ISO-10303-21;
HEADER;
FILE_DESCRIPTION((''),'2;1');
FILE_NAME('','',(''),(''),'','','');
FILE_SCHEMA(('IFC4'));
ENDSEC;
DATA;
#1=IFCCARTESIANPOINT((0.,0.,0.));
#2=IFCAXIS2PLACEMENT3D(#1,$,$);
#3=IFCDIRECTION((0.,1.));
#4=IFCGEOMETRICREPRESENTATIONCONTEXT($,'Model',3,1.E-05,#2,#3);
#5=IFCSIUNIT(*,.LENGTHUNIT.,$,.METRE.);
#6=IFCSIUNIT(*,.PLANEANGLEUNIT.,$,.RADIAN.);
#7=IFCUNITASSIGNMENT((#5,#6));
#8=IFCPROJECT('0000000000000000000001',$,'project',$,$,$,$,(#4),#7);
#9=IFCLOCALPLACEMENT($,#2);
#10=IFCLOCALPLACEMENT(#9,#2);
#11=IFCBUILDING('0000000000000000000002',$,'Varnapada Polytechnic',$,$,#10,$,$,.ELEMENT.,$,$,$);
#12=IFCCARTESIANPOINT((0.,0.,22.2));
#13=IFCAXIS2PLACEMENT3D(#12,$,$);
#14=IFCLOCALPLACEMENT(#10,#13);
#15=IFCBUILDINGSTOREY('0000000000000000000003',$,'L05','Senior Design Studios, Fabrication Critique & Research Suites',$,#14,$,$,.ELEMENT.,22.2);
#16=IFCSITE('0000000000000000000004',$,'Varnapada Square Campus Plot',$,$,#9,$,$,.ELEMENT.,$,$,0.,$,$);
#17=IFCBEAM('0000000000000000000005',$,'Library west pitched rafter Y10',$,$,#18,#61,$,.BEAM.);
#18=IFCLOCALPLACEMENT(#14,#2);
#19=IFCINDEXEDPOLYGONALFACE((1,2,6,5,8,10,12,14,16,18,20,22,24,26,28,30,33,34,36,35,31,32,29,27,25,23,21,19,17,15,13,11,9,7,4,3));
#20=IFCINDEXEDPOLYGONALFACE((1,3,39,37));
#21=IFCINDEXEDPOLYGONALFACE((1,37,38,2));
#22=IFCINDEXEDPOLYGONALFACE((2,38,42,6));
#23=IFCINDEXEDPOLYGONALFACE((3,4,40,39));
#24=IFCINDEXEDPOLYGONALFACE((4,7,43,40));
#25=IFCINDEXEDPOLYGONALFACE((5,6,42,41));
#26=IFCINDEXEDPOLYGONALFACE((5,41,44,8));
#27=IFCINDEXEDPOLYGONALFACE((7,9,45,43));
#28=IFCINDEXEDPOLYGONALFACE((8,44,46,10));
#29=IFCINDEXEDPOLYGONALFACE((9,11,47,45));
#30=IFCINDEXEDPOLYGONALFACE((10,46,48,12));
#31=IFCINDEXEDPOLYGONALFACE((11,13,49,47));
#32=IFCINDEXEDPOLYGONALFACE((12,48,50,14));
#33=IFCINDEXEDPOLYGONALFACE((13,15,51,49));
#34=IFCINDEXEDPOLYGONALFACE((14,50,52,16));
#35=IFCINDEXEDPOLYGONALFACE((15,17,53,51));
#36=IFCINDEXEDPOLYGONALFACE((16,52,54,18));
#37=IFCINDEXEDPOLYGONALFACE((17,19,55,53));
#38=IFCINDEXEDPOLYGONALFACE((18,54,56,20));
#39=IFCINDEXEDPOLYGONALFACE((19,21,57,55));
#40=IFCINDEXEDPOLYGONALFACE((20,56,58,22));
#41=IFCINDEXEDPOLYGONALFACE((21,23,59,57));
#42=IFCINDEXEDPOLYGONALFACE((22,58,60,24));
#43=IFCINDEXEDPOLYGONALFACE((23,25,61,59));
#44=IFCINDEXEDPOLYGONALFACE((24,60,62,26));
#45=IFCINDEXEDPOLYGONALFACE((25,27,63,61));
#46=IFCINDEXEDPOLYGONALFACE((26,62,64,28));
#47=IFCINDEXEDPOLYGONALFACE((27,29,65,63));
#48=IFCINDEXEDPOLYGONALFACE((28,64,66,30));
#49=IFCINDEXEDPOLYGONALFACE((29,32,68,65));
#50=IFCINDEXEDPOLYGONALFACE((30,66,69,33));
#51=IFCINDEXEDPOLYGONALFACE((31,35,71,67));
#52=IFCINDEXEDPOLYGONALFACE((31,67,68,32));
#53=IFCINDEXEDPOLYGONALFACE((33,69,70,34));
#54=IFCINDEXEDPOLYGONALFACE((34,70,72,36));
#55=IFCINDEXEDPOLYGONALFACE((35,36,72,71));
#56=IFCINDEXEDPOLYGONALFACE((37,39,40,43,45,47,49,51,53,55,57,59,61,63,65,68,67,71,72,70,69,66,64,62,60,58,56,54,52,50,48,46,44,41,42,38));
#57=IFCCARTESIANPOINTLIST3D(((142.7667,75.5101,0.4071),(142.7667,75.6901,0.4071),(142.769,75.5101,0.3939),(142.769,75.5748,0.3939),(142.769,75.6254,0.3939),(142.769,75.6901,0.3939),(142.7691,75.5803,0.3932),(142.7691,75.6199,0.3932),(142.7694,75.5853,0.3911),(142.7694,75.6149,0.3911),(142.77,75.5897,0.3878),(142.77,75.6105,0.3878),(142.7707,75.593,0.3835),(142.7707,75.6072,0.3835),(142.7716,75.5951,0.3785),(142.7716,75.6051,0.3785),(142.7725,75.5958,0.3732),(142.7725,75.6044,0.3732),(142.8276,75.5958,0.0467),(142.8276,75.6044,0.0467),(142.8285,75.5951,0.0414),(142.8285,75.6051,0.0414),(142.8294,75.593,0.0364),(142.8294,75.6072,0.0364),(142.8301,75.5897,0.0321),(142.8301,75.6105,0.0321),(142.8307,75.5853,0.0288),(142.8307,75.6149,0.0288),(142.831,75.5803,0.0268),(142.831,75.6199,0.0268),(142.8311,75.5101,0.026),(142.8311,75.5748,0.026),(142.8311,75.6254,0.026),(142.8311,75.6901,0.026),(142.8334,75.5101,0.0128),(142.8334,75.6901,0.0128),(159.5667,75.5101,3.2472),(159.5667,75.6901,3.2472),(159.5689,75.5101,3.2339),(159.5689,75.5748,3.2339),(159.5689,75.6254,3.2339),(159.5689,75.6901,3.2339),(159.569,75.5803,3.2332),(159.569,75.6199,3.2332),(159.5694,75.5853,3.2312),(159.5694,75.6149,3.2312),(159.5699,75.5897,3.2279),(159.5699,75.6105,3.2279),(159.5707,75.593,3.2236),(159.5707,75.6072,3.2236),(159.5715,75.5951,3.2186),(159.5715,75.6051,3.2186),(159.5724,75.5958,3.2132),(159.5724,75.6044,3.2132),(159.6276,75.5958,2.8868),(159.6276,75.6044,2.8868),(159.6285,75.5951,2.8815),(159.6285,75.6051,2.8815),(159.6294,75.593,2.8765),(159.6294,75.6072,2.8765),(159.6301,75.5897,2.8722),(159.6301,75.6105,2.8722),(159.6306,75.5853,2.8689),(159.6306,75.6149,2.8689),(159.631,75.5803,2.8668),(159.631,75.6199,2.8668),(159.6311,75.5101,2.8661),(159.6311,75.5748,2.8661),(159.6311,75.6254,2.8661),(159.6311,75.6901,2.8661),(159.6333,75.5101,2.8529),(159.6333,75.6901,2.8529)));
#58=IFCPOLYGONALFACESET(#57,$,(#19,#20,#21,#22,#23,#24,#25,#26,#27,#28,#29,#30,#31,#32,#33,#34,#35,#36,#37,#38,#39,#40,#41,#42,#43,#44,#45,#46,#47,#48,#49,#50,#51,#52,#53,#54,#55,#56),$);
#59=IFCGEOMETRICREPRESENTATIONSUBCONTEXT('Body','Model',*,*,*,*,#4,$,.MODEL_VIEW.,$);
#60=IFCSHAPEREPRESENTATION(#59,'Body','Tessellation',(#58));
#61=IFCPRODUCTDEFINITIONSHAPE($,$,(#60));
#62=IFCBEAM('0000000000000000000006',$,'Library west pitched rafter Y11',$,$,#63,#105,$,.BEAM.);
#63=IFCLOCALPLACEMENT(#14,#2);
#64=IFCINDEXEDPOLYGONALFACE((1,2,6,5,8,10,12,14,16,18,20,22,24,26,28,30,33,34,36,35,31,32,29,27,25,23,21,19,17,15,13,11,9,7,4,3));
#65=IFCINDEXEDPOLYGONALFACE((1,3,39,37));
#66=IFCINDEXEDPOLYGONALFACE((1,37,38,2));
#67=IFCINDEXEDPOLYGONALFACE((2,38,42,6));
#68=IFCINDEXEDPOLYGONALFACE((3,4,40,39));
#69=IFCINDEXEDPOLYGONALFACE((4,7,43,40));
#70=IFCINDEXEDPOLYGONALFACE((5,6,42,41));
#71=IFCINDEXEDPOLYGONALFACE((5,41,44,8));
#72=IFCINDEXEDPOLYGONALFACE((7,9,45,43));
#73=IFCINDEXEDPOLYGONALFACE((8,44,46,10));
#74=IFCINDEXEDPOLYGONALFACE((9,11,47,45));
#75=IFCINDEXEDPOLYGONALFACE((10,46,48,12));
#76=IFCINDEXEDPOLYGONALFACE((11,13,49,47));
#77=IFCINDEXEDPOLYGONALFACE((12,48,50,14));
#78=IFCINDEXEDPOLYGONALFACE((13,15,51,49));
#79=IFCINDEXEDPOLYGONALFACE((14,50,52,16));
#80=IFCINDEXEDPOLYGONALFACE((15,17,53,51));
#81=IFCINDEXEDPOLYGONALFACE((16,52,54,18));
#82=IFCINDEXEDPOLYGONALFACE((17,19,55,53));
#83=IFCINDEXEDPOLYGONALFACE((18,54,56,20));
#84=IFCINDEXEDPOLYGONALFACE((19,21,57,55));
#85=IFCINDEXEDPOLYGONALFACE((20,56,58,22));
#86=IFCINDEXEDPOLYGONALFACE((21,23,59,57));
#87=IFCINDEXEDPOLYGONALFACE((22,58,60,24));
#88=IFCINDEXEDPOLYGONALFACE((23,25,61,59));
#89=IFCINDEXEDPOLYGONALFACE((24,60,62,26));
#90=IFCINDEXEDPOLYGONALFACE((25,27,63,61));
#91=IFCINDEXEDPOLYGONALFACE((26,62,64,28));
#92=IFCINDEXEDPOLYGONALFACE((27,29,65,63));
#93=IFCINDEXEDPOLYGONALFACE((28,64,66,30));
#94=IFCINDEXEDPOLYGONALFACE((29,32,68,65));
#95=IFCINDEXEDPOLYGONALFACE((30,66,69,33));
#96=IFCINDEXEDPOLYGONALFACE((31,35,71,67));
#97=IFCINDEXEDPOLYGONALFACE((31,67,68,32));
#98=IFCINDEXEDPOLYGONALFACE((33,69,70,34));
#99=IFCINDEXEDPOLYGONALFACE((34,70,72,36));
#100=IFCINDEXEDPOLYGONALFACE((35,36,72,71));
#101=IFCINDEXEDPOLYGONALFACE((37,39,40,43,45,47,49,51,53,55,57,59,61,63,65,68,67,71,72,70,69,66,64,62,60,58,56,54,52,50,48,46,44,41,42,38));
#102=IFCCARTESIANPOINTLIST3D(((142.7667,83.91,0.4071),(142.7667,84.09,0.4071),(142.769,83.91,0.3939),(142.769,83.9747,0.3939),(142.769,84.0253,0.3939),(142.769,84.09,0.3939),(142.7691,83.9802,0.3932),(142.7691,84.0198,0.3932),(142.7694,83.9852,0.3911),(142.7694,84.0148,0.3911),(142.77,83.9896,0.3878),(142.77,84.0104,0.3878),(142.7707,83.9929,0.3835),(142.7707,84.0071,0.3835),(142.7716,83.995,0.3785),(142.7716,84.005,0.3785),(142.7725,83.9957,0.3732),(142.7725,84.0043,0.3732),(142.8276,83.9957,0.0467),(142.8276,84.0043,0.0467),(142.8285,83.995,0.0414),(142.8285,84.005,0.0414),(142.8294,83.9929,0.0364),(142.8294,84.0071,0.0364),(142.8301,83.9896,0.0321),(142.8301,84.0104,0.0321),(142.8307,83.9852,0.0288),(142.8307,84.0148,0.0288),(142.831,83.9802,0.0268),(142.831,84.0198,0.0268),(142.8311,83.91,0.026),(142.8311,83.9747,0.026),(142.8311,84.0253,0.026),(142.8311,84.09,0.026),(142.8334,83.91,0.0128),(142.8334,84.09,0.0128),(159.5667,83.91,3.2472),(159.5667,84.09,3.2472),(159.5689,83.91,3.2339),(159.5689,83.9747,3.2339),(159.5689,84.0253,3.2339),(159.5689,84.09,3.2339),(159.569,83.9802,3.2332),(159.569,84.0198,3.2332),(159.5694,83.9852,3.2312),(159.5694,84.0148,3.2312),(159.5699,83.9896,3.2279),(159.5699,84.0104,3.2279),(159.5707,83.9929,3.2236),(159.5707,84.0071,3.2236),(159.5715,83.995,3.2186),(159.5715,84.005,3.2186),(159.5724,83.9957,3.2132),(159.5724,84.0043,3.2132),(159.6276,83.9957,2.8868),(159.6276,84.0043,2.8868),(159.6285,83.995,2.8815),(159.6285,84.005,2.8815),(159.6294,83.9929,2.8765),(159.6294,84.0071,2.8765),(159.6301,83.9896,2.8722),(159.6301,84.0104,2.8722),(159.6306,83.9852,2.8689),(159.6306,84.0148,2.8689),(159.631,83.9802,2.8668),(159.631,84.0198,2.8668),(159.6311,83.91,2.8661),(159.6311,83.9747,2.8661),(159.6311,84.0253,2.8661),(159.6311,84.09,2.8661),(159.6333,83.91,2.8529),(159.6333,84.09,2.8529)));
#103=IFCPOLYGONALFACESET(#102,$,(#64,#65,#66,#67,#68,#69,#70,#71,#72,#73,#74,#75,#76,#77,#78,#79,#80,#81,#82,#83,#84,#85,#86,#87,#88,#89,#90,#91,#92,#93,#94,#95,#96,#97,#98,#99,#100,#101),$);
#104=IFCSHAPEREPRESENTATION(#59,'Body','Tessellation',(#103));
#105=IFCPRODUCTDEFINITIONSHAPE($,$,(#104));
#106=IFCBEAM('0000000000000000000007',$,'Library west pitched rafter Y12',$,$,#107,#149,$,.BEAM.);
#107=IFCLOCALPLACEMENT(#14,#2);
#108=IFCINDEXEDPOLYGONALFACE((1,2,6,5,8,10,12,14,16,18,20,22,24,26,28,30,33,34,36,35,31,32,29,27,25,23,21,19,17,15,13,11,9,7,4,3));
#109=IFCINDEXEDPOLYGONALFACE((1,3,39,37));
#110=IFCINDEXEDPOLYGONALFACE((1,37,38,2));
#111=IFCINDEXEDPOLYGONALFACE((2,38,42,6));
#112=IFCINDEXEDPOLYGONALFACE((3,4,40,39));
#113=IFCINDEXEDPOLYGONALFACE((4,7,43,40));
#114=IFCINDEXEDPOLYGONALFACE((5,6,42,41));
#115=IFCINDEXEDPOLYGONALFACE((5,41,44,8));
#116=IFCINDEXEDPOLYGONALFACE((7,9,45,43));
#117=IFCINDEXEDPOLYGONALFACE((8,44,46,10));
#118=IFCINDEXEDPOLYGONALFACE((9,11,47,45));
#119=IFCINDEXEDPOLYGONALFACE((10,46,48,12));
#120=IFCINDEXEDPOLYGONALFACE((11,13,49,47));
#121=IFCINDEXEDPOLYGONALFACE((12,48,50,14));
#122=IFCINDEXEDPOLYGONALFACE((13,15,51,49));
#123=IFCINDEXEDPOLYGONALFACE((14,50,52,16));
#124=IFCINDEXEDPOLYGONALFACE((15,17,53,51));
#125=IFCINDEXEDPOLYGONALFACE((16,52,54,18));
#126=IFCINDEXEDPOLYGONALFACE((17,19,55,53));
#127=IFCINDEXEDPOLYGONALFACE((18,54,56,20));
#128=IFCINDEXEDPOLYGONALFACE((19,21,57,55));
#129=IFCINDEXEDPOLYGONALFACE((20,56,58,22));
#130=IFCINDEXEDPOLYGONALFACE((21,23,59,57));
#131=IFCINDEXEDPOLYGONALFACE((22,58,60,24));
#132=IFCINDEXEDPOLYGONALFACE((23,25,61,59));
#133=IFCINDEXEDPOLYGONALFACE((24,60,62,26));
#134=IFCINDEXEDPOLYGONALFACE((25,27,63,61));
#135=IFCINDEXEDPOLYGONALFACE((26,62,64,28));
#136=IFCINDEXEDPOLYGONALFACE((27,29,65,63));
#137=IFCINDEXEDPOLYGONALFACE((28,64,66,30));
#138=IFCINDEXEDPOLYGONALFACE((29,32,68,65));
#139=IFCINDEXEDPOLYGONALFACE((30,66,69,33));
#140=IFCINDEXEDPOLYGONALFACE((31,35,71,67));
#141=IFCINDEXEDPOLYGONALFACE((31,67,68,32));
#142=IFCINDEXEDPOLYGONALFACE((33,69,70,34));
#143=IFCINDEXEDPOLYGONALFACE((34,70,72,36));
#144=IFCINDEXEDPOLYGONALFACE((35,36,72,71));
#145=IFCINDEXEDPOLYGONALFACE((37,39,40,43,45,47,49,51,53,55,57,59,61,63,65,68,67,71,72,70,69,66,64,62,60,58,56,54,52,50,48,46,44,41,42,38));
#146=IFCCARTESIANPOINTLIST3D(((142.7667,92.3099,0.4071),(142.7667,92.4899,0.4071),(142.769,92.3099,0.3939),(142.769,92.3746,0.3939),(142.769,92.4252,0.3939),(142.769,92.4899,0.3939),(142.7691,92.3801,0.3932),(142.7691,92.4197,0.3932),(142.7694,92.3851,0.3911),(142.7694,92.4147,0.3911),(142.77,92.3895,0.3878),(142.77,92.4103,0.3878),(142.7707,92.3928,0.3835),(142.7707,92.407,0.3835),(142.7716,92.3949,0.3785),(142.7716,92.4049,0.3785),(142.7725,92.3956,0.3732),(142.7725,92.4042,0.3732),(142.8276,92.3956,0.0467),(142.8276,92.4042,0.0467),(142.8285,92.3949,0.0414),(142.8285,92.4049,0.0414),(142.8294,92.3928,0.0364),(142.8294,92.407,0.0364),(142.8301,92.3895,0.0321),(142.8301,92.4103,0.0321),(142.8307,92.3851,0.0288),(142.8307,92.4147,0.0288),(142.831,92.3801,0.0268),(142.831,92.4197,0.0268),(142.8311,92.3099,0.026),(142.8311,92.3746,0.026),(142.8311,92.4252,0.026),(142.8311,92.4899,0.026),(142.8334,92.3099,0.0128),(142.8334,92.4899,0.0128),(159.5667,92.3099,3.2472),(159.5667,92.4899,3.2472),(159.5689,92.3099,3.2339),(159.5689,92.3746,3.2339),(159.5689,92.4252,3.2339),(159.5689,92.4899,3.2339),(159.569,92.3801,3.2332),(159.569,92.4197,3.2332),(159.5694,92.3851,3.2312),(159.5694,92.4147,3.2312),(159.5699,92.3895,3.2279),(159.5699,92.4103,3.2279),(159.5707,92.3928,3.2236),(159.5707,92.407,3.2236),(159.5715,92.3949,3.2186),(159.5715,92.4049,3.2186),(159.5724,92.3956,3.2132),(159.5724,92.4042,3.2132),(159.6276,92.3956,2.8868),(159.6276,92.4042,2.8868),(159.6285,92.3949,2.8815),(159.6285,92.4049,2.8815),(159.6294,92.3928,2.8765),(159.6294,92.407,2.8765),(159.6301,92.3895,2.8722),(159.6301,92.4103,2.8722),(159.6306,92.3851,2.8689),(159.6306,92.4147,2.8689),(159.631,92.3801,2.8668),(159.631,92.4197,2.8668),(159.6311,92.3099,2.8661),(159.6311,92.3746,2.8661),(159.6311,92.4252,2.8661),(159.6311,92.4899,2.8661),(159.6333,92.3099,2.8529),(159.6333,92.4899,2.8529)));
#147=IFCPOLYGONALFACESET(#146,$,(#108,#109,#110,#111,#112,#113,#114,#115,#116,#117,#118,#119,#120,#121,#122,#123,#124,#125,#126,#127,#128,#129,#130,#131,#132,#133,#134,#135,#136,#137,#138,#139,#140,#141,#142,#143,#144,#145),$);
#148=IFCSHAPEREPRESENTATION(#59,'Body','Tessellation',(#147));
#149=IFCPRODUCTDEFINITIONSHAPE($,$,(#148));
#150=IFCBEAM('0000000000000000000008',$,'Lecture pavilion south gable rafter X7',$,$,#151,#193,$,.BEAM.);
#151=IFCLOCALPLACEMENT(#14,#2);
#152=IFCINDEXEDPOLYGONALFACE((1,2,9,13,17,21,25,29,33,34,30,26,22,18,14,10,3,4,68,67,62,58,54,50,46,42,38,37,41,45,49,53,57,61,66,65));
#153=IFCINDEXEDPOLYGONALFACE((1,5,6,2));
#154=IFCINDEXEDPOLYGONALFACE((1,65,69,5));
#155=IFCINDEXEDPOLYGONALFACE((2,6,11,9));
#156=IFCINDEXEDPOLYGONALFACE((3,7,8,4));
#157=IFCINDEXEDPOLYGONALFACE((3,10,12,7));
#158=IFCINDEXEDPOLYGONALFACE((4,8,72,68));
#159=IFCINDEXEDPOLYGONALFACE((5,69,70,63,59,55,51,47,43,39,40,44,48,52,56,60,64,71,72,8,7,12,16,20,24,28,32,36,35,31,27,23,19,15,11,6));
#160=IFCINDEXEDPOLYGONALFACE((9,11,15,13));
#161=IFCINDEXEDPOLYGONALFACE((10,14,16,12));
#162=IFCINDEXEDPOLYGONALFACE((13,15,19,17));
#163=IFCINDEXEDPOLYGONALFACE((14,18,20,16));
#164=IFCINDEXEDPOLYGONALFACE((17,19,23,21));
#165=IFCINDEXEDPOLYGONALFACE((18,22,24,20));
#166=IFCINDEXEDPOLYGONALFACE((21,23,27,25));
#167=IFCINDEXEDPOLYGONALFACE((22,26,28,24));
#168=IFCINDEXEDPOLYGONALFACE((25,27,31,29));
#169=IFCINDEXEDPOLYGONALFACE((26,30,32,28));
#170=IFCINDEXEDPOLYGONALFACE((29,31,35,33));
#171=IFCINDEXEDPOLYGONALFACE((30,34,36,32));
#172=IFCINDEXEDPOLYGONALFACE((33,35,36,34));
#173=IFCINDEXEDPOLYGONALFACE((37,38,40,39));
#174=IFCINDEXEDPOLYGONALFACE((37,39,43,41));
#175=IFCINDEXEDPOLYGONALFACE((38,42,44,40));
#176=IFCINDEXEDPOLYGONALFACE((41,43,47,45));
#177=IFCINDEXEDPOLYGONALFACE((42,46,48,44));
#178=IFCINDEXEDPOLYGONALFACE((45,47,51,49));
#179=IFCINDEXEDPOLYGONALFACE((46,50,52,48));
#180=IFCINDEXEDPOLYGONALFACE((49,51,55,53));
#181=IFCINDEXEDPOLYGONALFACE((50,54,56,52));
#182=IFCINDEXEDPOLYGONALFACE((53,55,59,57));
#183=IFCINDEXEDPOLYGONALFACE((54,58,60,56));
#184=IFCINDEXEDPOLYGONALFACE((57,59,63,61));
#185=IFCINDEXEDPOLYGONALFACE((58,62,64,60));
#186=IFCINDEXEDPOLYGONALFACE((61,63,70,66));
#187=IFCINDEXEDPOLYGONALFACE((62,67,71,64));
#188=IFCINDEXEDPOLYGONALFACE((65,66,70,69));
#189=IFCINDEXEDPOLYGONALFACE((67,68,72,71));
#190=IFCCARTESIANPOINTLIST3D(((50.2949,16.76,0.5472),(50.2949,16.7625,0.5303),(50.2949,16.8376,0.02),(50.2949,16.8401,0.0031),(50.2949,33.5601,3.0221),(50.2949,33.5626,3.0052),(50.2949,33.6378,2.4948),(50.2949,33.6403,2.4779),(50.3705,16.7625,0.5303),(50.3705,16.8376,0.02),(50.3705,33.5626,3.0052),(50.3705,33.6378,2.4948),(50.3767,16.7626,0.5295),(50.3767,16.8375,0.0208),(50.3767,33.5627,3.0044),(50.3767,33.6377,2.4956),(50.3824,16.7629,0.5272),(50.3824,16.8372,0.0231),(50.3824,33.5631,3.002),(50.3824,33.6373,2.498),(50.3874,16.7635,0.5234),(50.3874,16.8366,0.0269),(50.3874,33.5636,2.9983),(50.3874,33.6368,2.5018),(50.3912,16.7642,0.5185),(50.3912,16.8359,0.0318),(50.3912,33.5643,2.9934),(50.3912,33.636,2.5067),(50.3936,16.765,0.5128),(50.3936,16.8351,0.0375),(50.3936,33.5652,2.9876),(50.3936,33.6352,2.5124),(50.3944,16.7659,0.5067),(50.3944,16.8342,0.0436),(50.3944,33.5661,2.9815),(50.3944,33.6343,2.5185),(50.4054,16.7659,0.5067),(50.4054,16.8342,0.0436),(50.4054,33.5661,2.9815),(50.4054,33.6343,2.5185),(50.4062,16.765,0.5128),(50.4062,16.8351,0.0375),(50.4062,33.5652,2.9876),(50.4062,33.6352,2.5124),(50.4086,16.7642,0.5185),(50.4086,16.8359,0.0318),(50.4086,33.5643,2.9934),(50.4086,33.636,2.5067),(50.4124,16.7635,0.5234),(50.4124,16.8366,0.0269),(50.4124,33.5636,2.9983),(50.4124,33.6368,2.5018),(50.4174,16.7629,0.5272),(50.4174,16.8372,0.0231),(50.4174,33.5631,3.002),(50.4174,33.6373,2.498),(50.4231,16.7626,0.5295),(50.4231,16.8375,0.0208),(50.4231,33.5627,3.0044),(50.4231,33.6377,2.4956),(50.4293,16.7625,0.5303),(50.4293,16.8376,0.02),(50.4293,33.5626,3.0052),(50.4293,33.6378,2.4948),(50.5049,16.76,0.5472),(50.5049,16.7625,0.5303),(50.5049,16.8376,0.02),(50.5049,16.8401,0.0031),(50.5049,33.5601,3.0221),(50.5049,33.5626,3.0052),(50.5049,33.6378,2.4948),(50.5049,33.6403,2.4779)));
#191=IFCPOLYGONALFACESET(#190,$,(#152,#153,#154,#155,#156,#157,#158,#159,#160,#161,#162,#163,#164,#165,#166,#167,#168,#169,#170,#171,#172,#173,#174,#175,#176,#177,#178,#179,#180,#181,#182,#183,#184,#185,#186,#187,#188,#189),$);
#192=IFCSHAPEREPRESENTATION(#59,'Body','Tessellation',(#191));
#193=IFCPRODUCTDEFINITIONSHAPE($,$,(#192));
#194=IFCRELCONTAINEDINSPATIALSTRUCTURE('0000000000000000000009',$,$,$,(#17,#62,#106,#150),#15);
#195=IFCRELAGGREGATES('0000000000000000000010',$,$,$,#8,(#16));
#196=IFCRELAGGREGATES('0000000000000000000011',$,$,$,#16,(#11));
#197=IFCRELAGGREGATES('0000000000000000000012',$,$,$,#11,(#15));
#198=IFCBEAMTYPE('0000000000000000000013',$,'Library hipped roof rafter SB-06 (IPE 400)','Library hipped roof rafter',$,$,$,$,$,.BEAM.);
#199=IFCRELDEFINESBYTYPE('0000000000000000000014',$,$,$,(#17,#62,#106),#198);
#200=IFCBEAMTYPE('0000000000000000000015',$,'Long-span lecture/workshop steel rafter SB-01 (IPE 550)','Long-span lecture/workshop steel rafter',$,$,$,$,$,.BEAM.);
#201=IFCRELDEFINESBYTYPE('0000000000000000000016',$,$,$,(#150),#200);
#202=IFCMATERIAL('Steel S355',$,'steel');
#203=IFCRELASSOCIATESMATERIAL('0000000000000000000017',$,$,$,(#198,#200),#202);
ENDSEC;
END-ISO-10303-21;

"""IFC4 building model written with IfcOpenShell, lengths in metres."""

from ifc_helpers import new_model, si_unit, direction, frame, origin, origin_2d, place, context, subcontext, project, spatial, i_section, extrude, material, material_profile, profile_set, type_object, element, save


model = new_model("IFC4")

# Units and contexts
model_context = context("Model", 3, precision=1e-05, world=origin(), true_north=direction((0.0, 1.0)))
body_context = subcontext(model_context, "Body", "Model", "MODEL_VIEW")
ifc_project = project(units=[si_unit("LENGTHUNIT", "METRE"), si_unit("PLANEANGLEUNIT", "RADIAN")], contexts=[model_context])

# Site, building, storey
site_placement = place(None, origin())
site = spatial("IfcSite", under=ifc_project, at=site_placement, Name="Varnapada Square Campus Plot", CompositionType="ELEMENT", RefElevation=0.0)
building_placement = place(site_placement, origin())
building = spatial("IfcBuilding", under=site, at=building_placement, Name="Varnapada Polytechnic", CompositionType="ELEMENT")
storey_placement = place(building_placement, frame((0.0, 0.0, 22.2)))
storey = spatial("IfcBuildingStorey", under=building, at=storey_placement, Name="L05", Description="Senior Design Studios, Fabrication Critique & Research Suites", CompositionType="ELEMENT", Elevation=22.2)

# Shared definitions
ifc_material_1 = material(Name="Steel S355", Category="steel")

# Beams
ifc_material_profile_1 = material_profile(ifc_material_1, i_section(OverallWidth=0.1799, OverallDepth=0.3999, WebThickness=0.0085, FlangeThickness=0.0134, FilletRadius=0.021, at=origin_2d()), Name="IPE 400")
ifc_profile_set_1 = profile_set([ifc_material_profile_1], Name="Steel S355")
beam_type_1 = type_object("IfcBeamType", Name="Library hipped roof rafter SB-06 (IPE 400)", Description="Library hipped roof rafter", PredefinedType="BEAM", material=ifc_profile_set_1)
for number, where, z_axis, x_axis, name in (
    (1, (142.8, 75.6001, 0.21), (0.98601, 0.0, 0.166687), (0.0, 1.0, 0.0), "Library west pitched rafter Y10"),
    (2, (142.8, 84.0, 0.21), (0.98601, 0.0, 0.166687), (0.0, 1.0, 0.0), "Library west pitched rafter Y11"),
    (3, (142.8, 92.3999, 0.21), (0.98601, 0.0, 0.166687), (0.0, 1.0, 0.0), "Library west pitched rafter Y12"),
):
    element("IfcBeam", number, at=place(storey_placement, frame(where, z_axis=z_axis, x_axis=x_axis)), inside=storey, type_object=beam_type_1, Name=name, PredefinedType="BEAM", context=body_context, shape_type="SweptSolid", body=[
        extrude(i_section(OverallWidth=0.1799, OverallDepth=0.3999, WebThickness=0.0085, FlangeThickness=0.0134, FilletRadius=0.021, at=origin_2d()), origin(), (0.0, 0.0, 1.0), 17.0383),
    ])
ifc_material_profile_2 = material_profile(ifc_material_1, i_section(OverallWidth=0.21, OverallDepth=0.55, WebThickness=0.011, FlangeThickness=0.0171, FilletRadius=0.0239, at=origin_2d()), Name="IPE 550")
ifc_profile_set_2 = profile_set([ifc_material_profile_2], Name="Steel S355")
beam_type_2 = type_object("IfcBeamType", Name="Long-span lecture/workshop steel rafter SB-01 (IPE 550)", Description="Long-span lecture/workshop steel rafter", PredefinedType="BEAM", material=ifc_profile_set_2)
beam_1_placement = place(storey_placement, frame((50.3999, 16.8, 0.2751), z_axis=(0.0, 0.989323, 0.145739), x_axis=(-1.0, 0.0, 0.0)))
element("IfcBeam", 4, at=beam_1_placement, inside=storey, type_object=beam_type_2, Name="Lecture pavilion south gable rafter X7", PredefinedType="BEAM", context=body_context, shape_type="SweptSolid", body=[
    extrude(i_section(OverallWidth=0.21, OverallDepth=0.55, WebThickness=0.011, FlangeThickness=0.0171, FilletRadius=0.0239, at=origin_2d()), origin(), (0.0, 0.0, 1.0), 16.9814),
])

save(model, "model.ifc")
